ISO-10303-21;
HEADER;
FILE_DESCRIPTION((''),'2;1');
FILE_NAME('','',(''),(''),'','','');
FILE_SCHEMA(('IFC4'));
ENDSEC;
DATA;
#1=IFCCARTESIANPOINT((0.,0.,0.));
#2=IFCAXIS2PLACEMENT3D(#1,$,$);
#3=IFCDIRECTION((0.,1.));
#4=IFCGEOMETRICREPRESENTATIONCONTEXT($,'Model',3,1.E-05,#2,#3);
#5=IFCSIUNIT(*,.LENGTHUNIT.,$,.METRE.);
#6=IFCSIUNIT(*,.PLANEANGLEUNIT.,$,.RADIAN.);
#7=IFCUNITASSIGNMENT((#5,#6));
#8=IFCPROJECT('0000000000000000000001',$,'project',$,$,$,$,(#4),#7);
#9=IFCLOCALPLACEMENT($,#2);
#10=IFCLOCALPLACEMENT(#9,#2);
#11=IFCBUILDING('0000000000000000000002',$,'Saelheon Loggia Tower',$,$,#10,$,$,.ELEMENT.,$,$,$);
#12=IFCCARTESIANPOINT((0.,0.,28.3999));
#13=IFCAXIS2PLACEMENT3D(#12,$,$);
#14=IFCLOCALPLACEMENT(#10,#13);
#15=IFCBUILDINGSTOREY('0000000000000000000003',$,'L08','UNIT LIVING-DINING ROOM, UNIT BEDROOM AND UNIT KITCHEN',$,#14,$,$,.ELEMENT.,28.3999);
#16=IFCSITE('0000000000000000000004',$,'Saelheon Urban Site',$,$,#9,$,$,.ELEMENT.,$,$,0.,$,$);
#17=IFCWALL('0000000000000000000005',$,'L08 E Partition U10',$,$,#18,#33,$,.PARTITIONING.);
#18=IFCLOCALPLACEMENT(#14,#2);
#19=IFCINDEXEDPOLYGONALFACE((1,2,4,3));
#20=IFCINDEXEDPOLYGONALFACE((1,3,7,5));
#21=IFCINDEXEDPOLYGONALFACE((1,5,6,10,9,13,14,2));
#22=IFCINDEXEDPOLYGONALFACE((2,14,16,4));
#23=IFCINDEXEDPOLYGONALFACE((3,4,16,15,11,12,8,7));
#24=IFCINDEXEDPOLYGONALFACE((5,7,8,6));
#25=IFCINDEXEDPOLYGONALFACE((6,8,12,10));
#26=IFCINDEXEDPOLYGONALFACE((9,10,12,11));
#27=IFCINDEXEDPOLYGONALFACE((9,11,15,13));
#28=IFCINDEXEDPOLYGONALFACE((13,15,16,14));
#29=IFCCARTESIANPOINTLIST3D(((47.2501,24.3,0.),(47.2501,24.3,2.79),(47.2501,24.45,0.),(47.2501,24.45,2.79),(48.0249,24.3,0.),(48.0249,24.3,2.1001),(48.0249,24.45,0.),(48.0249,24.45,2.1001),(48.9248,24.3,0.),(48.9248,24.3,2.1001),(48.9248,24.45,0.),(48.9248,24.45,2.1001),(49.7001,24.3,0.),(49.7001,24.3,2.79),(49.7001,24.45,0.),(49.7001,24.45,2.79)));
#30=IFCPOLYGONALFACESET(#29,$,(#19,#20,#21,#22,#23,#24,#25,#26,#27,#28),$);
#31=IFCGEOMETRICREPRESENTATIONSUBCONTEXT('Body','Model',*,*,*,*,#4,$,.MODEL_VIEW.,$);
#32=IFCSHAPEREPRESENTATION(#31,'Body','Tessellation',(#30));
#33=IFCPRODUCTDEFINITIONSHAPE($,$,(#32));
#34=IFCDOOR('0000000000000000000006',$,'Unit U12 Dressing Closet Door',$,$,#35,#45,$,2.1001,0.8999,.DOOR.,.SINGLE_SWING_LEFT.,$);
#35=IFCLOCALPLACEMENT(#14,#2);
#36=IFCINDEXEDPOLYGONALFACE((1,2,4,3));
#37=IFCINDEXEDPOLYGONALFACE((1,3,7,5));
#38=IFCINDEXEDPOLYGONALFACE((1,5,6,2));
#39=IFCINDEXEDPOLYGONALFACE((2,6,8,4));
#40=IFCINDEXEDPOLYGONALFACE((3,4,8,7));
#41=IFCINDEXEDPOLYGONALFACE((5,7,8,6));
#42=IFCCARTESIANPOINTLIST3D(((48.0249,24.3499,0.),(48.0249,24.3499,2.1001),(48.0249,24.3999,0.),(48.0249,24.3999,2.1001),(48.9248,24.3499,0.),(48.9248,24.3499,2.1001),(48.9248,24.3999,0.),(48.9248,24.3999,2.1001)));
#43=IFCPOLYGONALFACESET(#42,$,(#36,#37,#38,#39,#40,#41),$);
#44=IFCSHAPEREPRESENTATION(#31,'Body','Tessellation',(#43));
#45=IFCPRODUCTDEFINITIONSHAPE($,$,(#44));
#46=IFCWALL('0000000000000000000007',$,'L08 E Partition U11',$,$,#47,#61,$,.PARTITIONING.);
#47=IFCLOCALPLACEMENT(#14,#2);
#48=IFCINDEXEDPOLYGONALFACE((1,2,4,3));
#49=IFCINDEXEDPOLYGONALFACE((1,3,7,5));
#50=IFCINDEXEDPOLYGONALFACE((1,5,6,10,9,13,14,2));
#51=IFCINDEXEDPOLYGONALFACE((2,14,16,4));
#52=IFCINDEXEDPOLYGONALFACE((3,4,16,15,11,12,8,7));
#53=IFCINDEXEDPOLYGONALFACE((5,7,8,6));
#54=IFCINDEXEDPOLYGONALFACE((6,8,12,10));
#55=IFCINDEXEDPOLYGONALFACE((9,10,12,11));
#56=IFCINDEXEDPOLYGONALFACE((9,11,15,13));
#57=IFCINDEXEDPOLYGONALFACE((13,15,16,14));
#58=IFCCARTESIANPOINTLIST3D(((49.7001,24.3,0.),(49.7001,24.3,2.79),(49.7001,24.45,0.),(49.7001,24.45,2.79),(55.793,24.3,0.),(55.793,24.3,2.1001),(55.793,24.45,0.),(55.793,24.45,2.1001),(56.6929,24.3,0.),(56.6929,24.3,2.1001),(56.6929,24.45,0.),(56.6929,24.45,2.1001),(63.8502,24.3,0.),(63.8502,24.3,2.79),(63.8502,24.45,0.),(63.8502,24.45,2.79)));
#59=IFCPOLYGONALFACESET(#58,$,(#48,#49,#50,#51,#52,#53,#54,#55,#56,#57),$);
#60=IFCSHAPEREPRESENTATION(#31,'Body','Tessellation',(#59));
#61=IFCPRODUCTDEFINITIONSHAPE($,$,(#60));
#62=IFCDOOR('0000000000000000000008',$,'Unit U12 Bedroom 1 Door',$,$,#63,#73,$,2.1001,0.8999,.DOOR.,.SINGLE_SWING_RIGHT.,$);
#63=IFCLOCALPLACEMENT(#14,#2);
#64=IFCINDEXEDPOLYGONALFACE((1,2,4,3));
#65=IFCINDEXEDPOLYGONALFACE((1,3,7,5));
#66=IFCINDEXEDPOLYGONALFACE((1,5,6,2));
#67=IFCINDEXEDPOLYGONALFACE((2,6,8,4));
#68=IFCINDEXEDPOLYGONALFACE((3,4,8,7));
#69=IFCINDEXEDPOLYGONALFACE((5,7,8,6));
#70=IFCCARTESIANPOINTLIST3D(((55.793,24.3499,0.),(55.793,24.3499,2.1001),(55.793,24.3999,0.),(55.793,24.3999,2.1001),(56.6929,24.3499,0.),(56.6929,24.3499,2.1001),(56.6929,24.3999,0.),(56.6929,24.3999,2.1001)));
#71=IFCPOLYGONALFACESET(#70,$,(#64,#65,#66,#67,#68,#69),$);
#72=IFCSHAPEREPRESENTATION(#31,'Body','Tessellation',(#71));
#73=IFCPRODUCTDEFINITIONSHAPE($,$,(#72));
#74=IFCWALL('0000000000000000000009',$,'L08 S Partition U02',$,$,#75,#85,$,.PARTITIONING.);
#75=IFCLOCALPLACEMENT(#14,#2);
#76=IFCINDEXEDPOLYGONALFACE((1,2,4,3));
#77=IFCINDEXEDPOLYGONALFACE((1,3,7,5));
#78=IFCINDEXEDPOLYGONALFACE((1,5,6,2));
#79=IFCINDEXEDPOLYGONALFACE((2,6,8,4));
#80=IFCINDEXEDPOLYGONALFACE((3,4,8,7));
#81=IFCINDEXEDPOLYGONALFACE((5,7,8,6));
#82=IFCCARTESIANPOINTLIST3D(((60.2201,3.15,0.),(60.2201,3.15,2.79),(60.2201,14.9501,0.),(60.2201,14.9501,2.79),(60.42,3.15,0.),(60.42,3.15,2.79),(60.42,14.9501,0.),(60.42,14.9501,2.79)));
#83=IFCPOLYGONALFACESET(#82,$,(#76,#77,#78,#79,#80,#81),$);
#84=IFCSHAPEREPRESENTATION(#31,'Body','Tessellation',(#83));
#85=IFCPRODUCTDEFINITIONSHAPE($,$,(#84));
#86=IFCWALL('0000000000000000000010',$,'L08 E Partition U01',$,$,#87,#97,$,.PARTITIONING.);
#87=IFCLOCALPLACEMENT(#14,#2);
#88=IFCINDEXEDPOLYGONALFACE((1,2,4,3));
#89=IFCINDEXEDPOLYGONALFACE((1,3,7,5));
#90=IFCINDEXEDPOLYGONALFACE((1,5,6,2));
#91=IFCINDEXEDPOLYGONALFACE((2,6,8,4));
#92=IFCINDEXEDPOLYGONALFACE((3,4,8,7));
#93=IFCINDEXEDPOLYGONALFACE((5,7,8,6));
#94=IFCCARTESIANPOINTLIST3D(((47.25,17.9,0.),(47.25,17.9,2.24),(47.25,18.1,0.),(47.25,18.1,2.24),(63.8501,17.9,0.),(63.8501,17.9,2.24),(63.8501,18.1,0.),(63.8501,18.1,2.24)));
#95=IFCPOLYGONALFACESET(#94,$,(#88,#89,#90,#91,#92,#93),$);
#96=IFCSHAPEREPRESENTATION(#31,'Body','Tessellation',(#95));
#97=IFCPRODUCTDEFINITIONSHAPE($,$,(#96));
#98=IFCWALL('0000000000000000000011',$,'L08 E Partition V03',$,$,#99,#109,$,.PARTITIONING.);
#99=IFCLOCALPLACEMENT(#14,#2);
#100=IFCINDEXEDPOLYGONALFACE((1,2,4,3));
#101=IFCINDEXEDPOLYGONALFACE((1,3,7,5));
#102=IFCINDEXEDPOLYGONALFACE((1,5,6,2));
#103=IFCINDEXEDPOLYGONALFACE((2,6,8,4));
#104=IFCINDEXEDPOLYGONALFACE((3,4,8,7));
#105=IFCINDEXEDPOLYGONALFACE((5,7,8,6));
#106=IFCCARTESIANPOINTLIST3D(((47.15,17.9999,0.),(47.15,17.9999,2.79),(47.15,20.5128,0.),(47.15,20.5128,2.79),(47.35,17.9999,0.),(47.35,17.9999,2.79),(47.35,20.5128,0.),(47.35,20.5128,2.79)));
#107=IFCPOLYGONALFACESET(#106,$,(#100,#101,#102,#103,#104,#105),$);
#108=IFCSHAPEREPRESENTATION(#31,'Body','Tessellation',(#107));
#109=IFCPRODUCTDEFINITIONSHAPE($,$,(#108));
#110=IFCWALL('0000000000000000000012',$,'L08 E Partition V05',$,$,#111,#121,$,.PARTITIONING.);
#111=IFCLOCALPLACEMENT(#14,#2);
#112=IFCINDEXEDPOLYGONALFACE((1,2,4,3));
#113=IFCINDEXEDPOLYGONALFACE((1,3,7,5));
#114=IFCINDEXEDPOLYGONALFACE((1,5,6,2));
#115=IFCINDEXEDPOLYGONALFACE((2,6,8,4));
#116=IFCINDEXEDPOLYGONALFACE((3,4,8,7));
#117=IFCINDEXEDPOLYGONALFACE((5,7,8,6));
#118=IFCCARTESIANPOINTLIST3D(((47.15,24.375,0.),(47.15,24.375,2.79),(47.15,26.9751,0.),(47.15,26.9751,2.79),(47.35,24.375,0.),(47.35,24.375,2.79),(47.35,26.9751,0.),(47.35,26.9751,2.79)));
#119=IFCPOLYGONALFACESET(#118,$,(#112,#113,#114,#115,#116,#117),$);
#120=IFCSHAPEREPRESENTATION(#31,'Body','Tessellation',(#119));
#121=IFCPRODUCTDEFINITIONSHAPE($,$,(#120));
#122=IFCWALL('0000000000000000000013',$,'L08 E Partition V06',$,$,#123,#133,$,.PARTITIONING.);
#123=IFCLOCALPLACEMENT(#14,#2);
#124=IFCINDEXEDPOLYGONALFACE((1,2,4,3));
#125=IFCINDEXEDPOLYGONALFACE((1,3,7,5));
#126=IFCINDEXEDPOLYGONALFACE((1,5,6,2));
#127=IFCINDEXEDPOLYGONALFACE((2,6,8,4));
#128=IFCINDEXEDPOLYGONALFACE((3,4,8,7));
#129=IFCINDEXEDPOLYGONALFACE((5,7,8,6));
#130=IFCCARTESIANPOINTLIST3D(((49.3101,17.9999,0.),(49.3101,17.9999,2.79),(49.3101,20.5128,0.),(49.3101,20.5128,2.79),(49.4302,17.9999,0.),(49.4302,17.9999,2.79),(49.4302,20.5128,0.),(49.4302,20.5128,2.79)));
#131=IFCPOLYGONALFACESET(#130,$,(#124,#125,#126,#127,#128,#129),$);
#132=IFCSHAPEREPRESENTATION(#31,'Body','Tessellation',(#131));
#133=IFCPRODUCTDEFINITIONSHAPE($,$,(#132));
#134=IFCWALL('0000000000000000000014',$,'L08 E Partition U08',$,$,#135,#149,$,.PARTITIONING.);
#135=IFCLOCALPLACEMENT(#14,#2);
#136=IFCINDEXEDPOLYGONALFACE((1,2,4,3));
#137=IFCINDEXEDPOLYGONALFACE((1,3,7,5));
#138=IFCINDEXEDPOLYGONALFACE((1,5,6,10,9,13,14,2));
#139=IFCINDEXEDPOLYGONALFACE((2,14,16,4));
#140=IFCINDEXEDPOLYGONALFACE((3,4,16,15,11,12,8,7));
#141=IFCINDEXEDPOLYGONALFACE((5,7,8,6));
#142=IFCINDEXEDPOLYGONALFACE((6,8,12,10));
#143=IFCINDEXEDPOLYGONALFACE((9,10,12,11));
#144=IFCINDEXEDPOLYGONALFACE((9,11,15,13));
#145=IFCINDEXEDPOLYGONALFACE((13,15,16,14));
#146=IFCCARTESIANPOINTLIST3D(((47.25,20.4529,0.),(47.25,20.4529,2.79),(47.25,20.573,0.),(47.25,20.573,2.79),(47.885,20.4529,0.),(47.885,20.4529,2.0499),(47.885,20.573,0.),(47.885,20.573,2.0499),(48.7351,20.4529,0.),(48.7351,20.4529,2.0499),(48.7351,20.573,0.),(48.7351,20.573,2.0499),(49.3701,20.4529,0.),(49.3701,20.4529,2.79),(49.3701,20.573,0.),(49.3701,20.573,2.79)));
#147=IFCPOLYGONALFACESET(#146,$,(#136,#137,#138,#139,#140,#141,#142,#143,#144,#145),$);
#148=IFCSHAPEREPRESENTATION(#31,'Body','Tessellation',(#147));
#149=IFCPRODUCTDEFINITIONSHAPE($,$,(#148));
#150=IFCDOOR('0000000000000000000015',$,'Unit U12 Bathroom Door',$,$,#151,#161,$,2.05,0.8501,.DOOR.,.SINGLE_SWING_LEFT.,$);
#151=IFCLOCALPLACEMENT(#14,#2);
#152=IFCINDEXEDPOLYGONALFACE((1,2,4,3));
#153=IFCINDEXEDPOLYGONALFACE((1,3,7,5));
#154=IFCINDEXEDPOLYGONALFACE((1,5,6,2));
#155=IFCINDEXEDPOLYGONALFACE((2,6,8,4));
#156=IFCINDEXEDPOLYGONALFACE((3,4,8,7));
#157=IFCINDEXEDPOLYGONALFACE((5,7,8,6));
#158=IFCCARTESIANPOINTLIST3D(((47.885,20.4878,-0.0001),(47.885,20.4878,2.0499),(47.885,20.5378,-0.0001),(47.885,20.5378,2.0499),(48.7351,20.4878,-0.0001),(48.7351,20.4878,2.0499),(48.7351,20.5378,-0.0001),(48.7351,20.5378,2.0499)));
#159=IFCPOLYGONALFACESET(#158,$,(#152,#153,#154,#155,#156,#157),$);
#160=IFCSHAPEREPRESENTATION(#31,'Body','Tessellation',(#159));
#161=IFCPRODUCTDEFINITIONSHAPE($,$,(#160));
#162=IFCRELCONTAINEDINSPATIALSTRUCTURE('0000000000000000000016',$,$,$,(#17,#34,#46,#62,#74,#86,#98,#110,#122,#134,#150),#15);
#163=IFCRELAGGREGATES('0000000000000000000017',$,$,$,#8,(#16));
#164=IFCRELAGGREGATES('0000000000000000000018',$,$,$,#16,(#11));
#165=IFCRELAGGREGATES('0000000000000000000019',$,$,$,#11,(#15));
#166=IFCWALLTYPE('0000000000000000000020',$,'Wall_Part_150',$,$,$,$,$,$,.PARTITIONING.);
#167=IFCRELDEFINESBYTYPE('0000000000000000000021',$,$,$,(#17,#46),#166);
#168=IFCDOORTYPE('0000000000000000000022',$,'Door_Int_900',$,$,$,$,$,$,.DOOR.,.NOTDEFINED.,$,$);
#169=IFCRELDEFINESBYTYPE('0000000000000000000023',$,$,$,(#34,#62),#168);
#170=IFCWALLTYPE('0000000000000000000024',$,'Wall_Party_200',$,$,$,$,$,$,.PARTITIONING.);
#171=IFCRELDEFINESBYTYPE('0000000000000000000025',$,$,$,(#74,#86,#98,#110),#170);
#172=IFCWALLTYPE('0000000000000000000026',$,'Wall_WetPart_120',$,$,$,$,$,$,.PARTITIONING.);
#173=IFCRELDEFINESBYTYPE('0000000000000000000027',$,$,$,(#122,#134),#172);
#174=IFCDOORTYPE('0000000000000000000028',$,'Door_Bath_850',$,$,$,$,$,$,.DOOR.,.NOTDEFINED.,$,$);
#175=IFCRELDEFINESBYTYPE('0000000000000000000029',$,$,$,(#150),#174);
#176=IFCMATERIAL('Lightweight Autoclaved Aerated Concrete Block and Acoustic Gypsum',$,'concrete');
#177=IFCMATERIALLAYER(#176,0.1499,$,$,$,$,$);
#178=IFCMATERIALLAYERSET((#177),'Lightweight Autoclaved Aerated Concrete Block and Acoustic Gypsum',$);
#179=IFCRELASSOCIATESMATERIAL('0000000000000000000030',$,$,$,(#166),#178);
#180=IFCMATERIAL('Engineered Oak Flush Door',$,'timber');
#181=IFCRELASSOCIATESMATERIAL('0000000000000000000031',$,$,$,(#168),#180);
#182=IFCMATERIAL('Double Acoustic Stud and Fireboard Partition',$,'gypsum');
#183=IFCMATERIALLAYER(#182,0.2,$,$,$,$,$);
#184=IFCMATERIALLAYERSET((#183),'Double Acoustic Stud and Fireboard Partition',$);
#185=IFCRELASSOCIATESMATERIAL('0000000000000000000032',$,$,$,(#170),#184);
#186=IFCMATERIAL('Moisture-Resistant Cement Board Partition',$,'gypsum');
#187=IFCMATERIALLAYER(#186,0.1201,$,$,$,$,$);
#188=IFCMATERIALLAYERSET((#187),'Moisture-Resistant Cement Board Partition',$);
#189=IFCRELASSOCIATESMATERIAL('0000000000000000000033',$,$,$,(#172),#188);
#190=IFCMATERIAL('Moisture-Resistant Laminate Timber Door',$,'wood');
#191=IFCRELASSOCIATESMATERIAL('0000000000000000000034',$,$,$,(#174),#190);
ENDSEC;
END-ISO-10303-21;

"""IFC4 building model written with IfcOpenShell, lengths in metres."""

from ifc_helpers import new_model, si_unit, direction, frame, frame_2d, origin, place, context, subcontext, project, spatial, rectangle, extrude, source, transform, mapped, material, layer, layer_set, type_object, element, fill, save


model = new_model("IFC4")

# Units and contexts
model_context = context("Model", 3, precision=1e-05, world=origin(), true_north=direction((0.0, 1.0)))
body_context = subcontext(model_context, "Body", "Model", "MODEL_VIEW")
ifc_project = project(units=[si_unit("LENGTHUNIT", "METRE"), si_unit("PLANEANGLEUNIT", "RADIAN")], contexts=[model_context])

# Site, building, storey
site_placement = place(None, origin())
site = spatial("IfcSite", under=ifc_project, at=site_placement, Name="Saelheon Urban Site", CompositionType="ELEMENT", RefElevation=0.0)
building_placement = place(site_placement, origin())
building = spatial("IfcBuilding", under=site, at=building_placement, Name="Saelheon Loggia Tower", CompositionType="ELEMENT")
storey_placement = place(building_placement, frame((0.0, 0.0, 28.3999)))
storey = spatial("IfcBuildingStorey", under=building, at=storey_placement, Name="L08", Description="UNIT LIVING-DINING ROOM, UNIT BEDROOM AND UNIT KITCHEN", CompositionType="ELEMENT", Elevation=28.3999)

# Shared definitions
ifc_material_1 = material(Name="Lightweight Autoclaved Aerated Concrete Block and Acoustic Gypsum", Category="concrete")
ifc_layer_1 = layer(ifc_material_1, 0.1499)
ifc_layer_set_1 = layer_set([ifc_layer_1], Name="Lightweight Autoclaved Aerated Concrete Block and Acoustic Gypsum")
wall_type_1 = type_object("IfcWallType", Name="Wall_Part_150", PredefinedType="PARTITIONING", material=ifc_layer_set_1)
ifc_material_2 = material(Name="Engineered Oak Flush Door", Category="timber")
door_type_1 = type_object("IfcDoorType", Name="Door_Int_900", OperationType="NOTDEFINED", PredefinedType="DOOR", material=ifc_material_2)
shared_shape_1 = source(origin(), body_context, "Body", "SweptSolid", [
    extrude(rectangle(XDim=0.8999, YDim=2.1001, at=frame_2d((0.45, 1.05))), frame((0.0, 0.0249, 0.0), z_axis=(0.0, -1.0, 0.0), x_axis=(1.0, 0.0, 0.0)), (0.0, 0.0, 1.0), 0.05),
])

# Walls, openings, doors
wall_1_placement = place(storey_placement, frame((47.25, 24.375, 0.0), z_axis=(0.0, 0.0, 1.0), x_axis=(1.0, 0.0, 0.0)))
wall_1 = element("IfcWall", 1, at=wall_1_placement, inside=storey, type_object=wall_type_1, Name="L08 E Partition U10", PredefinedType="PARTITIONING", context=body_context, shape_type="SweptSolid", body=[
    extrude(rectangle(XDim=2.45, YDim=0.1499, at=frame_2d((1.2251, 0.0))), origin(), (0.0, 0.0, 1.0), 2.79),
])
opening_1_placement = place(wall_1_placement, frame((0.7749, 0.0, 0.0)))
opening_1 = element("IfcOpeningElement", 2, at=opening_1_placement, cuts=wall_1, PredefinedType="OPENING", context=body_context, shape_type="SweptSolid", body=[
    extrude(rectangle(XDim=0.8999, YDim=2.1001, at=frame_2d((0.45, 1.05))), frame((0.0, 0.0869, 0.0), z_axis=(0.0, -1.0, 0.0), x_axis=(1.0, 0.0, 0.0)), (0.0, 0.0, 1.0), 0.1738),
])
door_1_placement = place(opening_1_placement, origin())
door_1 = element("IfcDoor", 3, at=door_1_placement, inside=storey, type_object=door_type_1, Name="Unit U12 Dressing Closet Door", OperationType="SINGLE_SWING_LEFT", OverallHeight=2.1001, OverallWidth=0.8999, PredefinedType="DOOR", context=body_context, shape_type="MappedRepresentation", body=[
    mapped(shared_shape_1, transform((0.0, 0.0, 0.0), scale=1.0)),
])
fill(opening_1, door_1)
wall_2_placement = place(storey_placement, frame((49.7, 24.375, 0.0), z_axis=(0.0, 0.0, 1.0), x_axis=(1.0, 0.0, 0.0)))
wall_2 = element("IfcWall", 4, at=wall_2_placement, inside=storey, type_object=wall_type_1, Name="L08 E Partition U11", PredefinedType="PARTITIONING", context=body_context, shape_type="SweptSolid", body=[
    extrude(rectangle(XDim=14.1501, YDim=0.1499, at=frame_2d((7.0752, 0.0))), origin(), (0.0, 0.0, 1.0), 2.79),
])
opening_2_placement = place(wall_2_placement, frame((6.093, 0.0, 0.0)))
opening_2 = element("IfcOpeningElement", 5, at=opening_2_placement, cuts=wall_2, PredefinedType="OPENING", context=body_context, shape_type="SweptSolid", body=[
    extrude(rectangle(XDim=0.8999, YDim=2.1001, at=frame_2d((0.45, 1.05))), frame((0.0, 0.0869, 0.0), z_axis=(0.0, -1.0, 0.0), x_axis=(1.0, 0.0, 0.0)), (0.0, 0.0, 1.0), 0.1738),
])
door_2_placement = place(opening_2_placement, origin())
door_2 = element("IfcDoor", 6, at=door_2_placement, inside=storey, type_object=door_type_1, Name="Unit U12 Bedroom 1 Door", OperationType="SINGLE_SWING_RIGHT", OverallHeight=2.1001, OverallWidth=0.8999, PredefinedType="DOOR", context=body_context, shape_type="MappedRepresentation", body=[
    mapped(shared_shape_1, transform((0.0, 0.0, 0.0), scale=1.0)),
])
fill(opening_2, door_2)

# Walls
ifc_material_3 = material(Name="Double Acoustic Stud and Fireboard Partition", Category="gypsum")
ifc_layer_2 = layer(ifc_material_3, 0.2)
ifc_layer_set_2 = layer_set([ifc_layer_2], Name="Double Acoustic Stud and Fireboard Partition")
wall_type_2 = type_object("IfcWallType", Name="Wall_Party_200", PredefinedType="PARTITIONING", material=ifc_layer_set_2)
wall_3_placement = place(storey_placement, frame((60.3201, 14.95, 0.0), z_axis=(0.0, 0.0, 1.0), x_axis=(0.0, -1.0, 0.0)))
element("IfcWall", 7, at=wall_3_placement, inside=storey, type_object=wall_type_2, Name="L08 S Partition U02", PredefinedType="PARTITIONING", context=body_context, shape_type="SweptSolid", body=[
    extrude(rectangle(XDim=11.8, YDim=0.2, at=frame_2d((5.8999, 0.0))), origin(), (0.0, 0.0, 1.0), 2.79),
])
wall_4_placement = place(storey_placement, frame((47.25, 18.0, 0.0), z_axis=(0.0, 0.0, 1.0), x_axis=(1.0, 0.0, 0.0)))
element("IfcWall", 8, at=wall_4_placement, inside=storey, type_object=wall_type_2, Name="L08 E Partition U01", PredefinedType="PARTITIONING", context=body_context, shape_type="SweptSolid", body=[
    extrude(rectangle(XDim=16.6001, YDim=0.2, at=frame_2d((8.3, 0.0))), origin(), (0.0, 0.0, 1.0), 2.24),
])
wall_5_placement = place(storey_placement, frame((47.25, 18.0, 0.0), z_axis=(0.0, 0.0, 1.0), x_axis=(0.0, 1.0, 0.0)))
element("IfcWall", 9, at=wall_5_placement, inside=storey, type_object=wall_type_2, Name="L08 E Partition V03", PredefinedType="PARTITIONING", context=body_context, shape_type="SweptSolid", body=[
    extrude(rectangle(XDim=2.5129, YDim=0.2, at=frame_2d((1.2563, 0.0))), origin(), (0.0, 0.0, 1.0), 2.79),
])

# Walls
wall_6_placement = place(storey_placement, frame((47.25, 24.375, 0.0), z_axis=(0.0, 0.0, 1.0), x_axis=(0.0, 1.0, 0.0)))
element("IfcWall", 10, at=wall_6_placement, inside=storey, type_object=wall_type_2, Name="L08 E Partition V05", PredefinedType="PARTITIONING", context=body_context, shape_type="SweptSolid", body=[
    extrude(rectangle(XDim=2.6001, YDim=0.2, at=frame_2d((1.3, 0.0))), origin(), (0.0, 0.0, 1.0), 2.79),
])
ifc_material_4 = material(Name="Moisture-Resistant Cement Board Partition", Category="gypsum")
ifc_layer_3 = layer(ifc_material_4, 0.1201)
ifc_layer_set_3 = layer_set([ifc_layer_3], Name="Moisture-Resistant Cement Board Partition")
wall_type_3 = type_object("IfcWallType", Name="Wall_WetPart_120", PredefinedType="PARTITIONING", material=ifc_layer_set_3)
wall_7_placement = place(storey_placement, frame((49.3701, 18.0, 0.0), z_axis=(0.0, 0.0, 1.0), x_axis=(0.0, 1.0, 0.0)))
element("IfcWall", 11, at=wall_7_placement, inside=storey, type_object=wall_type_3, Name="L08 E Partition V06", PredefinedType="PARTITIONING", context=body_context, shape_type="SweptSolid", body=[
    extrude(rectangle(XDim=2.5129, YDim=0.1201, at=frame_2d((1.2563, 0.0))), origin(), (0.0, 0.0, 1.0), 2.79),
])

# Wall, opening, door
wall_8_placement = place(storey_placement, frame((47.25, 20.5129, 0.0), z_axis=(0.0, 0.0, 1.0), x_axis=(1.0, 0.0, 0.0)))
wall_8 = element("IfcWall", 12, at=wall_8_placement, inside=storey, type_object=wall_type_3, Name="L08 E Partition U08", PredefinedType="PARTITIONING", context=body_context, shape_type="SweptSolid", body=[
    extrude(rectangle(XDim=2.1201, YDim=0.1201, at=frame_2d((1.0601, 0.0))), origin(), (0.0, 0.0, 1.0), 2.79),
])
opening_3_placement = place(wall_8_placement, frame((0.635, 0.0, 0.0)))
opening_3 = element("IfcOpeningElement", 13, at=opening_3_placement, cuts=wall_8, PredefinedType="OPENING", context=body_context, shape_type="SweptSolid", body=[
    extrude(rectangle(XDim=0.8501, YDim=2.05, at=frame_2d((0.425, 1.0249))), frame((0.0, 0.072, 0.0), z_axis=(0.0, -1.0, 0.0), x_axis=(1.0, 0.0, 0.0)), (0.0, 0.0, 1.0), 0.144),
])
ifc_material_5 = material(Name="Moisture-Resistant Laminate Timber Door", Category="wood")
door_type_2 = type_object("IfcDoorType", Name="Door_Bath_850", OperationType="NOTDEFINED", PredefinedType="DOOR", material=ifc_material_5)
shared_shape_2 = source(origin(), body_context, "Body", "SweptSolid", [
    extrude(rectangle(XDim=0.8501, YDim=2.05, at=frame_2d((0.425, 1.0249))), frame((0.0, 0.0249, 0.0), z_axis=(0.0, -1.0, 0.0), x_axis=(1.0, 0.0, 0.0)), (0.0, 0.0, 1.0), 0.05),
])
door_3_placement = place(opening_3_placement, origin())
door_3 = element("IfcDoor", 14, at=door_3_placement, inside=storey, type_object=door_type_2, Name="Unit U12 Bathroom Door", OperationType="SINGLE_SWING_LEFT", OverallHeight=2.05, OverallWidth=0.8501, PredefinedType="DOOR", context=body_context, shape_type="MappedRepresentation", body=[
    mapped(shared_shape_2, transform((0.0, 0.0, 0.0), scale=1.0)),
])
fill(opening_3, door_3)

save(model, "model.ifc")
